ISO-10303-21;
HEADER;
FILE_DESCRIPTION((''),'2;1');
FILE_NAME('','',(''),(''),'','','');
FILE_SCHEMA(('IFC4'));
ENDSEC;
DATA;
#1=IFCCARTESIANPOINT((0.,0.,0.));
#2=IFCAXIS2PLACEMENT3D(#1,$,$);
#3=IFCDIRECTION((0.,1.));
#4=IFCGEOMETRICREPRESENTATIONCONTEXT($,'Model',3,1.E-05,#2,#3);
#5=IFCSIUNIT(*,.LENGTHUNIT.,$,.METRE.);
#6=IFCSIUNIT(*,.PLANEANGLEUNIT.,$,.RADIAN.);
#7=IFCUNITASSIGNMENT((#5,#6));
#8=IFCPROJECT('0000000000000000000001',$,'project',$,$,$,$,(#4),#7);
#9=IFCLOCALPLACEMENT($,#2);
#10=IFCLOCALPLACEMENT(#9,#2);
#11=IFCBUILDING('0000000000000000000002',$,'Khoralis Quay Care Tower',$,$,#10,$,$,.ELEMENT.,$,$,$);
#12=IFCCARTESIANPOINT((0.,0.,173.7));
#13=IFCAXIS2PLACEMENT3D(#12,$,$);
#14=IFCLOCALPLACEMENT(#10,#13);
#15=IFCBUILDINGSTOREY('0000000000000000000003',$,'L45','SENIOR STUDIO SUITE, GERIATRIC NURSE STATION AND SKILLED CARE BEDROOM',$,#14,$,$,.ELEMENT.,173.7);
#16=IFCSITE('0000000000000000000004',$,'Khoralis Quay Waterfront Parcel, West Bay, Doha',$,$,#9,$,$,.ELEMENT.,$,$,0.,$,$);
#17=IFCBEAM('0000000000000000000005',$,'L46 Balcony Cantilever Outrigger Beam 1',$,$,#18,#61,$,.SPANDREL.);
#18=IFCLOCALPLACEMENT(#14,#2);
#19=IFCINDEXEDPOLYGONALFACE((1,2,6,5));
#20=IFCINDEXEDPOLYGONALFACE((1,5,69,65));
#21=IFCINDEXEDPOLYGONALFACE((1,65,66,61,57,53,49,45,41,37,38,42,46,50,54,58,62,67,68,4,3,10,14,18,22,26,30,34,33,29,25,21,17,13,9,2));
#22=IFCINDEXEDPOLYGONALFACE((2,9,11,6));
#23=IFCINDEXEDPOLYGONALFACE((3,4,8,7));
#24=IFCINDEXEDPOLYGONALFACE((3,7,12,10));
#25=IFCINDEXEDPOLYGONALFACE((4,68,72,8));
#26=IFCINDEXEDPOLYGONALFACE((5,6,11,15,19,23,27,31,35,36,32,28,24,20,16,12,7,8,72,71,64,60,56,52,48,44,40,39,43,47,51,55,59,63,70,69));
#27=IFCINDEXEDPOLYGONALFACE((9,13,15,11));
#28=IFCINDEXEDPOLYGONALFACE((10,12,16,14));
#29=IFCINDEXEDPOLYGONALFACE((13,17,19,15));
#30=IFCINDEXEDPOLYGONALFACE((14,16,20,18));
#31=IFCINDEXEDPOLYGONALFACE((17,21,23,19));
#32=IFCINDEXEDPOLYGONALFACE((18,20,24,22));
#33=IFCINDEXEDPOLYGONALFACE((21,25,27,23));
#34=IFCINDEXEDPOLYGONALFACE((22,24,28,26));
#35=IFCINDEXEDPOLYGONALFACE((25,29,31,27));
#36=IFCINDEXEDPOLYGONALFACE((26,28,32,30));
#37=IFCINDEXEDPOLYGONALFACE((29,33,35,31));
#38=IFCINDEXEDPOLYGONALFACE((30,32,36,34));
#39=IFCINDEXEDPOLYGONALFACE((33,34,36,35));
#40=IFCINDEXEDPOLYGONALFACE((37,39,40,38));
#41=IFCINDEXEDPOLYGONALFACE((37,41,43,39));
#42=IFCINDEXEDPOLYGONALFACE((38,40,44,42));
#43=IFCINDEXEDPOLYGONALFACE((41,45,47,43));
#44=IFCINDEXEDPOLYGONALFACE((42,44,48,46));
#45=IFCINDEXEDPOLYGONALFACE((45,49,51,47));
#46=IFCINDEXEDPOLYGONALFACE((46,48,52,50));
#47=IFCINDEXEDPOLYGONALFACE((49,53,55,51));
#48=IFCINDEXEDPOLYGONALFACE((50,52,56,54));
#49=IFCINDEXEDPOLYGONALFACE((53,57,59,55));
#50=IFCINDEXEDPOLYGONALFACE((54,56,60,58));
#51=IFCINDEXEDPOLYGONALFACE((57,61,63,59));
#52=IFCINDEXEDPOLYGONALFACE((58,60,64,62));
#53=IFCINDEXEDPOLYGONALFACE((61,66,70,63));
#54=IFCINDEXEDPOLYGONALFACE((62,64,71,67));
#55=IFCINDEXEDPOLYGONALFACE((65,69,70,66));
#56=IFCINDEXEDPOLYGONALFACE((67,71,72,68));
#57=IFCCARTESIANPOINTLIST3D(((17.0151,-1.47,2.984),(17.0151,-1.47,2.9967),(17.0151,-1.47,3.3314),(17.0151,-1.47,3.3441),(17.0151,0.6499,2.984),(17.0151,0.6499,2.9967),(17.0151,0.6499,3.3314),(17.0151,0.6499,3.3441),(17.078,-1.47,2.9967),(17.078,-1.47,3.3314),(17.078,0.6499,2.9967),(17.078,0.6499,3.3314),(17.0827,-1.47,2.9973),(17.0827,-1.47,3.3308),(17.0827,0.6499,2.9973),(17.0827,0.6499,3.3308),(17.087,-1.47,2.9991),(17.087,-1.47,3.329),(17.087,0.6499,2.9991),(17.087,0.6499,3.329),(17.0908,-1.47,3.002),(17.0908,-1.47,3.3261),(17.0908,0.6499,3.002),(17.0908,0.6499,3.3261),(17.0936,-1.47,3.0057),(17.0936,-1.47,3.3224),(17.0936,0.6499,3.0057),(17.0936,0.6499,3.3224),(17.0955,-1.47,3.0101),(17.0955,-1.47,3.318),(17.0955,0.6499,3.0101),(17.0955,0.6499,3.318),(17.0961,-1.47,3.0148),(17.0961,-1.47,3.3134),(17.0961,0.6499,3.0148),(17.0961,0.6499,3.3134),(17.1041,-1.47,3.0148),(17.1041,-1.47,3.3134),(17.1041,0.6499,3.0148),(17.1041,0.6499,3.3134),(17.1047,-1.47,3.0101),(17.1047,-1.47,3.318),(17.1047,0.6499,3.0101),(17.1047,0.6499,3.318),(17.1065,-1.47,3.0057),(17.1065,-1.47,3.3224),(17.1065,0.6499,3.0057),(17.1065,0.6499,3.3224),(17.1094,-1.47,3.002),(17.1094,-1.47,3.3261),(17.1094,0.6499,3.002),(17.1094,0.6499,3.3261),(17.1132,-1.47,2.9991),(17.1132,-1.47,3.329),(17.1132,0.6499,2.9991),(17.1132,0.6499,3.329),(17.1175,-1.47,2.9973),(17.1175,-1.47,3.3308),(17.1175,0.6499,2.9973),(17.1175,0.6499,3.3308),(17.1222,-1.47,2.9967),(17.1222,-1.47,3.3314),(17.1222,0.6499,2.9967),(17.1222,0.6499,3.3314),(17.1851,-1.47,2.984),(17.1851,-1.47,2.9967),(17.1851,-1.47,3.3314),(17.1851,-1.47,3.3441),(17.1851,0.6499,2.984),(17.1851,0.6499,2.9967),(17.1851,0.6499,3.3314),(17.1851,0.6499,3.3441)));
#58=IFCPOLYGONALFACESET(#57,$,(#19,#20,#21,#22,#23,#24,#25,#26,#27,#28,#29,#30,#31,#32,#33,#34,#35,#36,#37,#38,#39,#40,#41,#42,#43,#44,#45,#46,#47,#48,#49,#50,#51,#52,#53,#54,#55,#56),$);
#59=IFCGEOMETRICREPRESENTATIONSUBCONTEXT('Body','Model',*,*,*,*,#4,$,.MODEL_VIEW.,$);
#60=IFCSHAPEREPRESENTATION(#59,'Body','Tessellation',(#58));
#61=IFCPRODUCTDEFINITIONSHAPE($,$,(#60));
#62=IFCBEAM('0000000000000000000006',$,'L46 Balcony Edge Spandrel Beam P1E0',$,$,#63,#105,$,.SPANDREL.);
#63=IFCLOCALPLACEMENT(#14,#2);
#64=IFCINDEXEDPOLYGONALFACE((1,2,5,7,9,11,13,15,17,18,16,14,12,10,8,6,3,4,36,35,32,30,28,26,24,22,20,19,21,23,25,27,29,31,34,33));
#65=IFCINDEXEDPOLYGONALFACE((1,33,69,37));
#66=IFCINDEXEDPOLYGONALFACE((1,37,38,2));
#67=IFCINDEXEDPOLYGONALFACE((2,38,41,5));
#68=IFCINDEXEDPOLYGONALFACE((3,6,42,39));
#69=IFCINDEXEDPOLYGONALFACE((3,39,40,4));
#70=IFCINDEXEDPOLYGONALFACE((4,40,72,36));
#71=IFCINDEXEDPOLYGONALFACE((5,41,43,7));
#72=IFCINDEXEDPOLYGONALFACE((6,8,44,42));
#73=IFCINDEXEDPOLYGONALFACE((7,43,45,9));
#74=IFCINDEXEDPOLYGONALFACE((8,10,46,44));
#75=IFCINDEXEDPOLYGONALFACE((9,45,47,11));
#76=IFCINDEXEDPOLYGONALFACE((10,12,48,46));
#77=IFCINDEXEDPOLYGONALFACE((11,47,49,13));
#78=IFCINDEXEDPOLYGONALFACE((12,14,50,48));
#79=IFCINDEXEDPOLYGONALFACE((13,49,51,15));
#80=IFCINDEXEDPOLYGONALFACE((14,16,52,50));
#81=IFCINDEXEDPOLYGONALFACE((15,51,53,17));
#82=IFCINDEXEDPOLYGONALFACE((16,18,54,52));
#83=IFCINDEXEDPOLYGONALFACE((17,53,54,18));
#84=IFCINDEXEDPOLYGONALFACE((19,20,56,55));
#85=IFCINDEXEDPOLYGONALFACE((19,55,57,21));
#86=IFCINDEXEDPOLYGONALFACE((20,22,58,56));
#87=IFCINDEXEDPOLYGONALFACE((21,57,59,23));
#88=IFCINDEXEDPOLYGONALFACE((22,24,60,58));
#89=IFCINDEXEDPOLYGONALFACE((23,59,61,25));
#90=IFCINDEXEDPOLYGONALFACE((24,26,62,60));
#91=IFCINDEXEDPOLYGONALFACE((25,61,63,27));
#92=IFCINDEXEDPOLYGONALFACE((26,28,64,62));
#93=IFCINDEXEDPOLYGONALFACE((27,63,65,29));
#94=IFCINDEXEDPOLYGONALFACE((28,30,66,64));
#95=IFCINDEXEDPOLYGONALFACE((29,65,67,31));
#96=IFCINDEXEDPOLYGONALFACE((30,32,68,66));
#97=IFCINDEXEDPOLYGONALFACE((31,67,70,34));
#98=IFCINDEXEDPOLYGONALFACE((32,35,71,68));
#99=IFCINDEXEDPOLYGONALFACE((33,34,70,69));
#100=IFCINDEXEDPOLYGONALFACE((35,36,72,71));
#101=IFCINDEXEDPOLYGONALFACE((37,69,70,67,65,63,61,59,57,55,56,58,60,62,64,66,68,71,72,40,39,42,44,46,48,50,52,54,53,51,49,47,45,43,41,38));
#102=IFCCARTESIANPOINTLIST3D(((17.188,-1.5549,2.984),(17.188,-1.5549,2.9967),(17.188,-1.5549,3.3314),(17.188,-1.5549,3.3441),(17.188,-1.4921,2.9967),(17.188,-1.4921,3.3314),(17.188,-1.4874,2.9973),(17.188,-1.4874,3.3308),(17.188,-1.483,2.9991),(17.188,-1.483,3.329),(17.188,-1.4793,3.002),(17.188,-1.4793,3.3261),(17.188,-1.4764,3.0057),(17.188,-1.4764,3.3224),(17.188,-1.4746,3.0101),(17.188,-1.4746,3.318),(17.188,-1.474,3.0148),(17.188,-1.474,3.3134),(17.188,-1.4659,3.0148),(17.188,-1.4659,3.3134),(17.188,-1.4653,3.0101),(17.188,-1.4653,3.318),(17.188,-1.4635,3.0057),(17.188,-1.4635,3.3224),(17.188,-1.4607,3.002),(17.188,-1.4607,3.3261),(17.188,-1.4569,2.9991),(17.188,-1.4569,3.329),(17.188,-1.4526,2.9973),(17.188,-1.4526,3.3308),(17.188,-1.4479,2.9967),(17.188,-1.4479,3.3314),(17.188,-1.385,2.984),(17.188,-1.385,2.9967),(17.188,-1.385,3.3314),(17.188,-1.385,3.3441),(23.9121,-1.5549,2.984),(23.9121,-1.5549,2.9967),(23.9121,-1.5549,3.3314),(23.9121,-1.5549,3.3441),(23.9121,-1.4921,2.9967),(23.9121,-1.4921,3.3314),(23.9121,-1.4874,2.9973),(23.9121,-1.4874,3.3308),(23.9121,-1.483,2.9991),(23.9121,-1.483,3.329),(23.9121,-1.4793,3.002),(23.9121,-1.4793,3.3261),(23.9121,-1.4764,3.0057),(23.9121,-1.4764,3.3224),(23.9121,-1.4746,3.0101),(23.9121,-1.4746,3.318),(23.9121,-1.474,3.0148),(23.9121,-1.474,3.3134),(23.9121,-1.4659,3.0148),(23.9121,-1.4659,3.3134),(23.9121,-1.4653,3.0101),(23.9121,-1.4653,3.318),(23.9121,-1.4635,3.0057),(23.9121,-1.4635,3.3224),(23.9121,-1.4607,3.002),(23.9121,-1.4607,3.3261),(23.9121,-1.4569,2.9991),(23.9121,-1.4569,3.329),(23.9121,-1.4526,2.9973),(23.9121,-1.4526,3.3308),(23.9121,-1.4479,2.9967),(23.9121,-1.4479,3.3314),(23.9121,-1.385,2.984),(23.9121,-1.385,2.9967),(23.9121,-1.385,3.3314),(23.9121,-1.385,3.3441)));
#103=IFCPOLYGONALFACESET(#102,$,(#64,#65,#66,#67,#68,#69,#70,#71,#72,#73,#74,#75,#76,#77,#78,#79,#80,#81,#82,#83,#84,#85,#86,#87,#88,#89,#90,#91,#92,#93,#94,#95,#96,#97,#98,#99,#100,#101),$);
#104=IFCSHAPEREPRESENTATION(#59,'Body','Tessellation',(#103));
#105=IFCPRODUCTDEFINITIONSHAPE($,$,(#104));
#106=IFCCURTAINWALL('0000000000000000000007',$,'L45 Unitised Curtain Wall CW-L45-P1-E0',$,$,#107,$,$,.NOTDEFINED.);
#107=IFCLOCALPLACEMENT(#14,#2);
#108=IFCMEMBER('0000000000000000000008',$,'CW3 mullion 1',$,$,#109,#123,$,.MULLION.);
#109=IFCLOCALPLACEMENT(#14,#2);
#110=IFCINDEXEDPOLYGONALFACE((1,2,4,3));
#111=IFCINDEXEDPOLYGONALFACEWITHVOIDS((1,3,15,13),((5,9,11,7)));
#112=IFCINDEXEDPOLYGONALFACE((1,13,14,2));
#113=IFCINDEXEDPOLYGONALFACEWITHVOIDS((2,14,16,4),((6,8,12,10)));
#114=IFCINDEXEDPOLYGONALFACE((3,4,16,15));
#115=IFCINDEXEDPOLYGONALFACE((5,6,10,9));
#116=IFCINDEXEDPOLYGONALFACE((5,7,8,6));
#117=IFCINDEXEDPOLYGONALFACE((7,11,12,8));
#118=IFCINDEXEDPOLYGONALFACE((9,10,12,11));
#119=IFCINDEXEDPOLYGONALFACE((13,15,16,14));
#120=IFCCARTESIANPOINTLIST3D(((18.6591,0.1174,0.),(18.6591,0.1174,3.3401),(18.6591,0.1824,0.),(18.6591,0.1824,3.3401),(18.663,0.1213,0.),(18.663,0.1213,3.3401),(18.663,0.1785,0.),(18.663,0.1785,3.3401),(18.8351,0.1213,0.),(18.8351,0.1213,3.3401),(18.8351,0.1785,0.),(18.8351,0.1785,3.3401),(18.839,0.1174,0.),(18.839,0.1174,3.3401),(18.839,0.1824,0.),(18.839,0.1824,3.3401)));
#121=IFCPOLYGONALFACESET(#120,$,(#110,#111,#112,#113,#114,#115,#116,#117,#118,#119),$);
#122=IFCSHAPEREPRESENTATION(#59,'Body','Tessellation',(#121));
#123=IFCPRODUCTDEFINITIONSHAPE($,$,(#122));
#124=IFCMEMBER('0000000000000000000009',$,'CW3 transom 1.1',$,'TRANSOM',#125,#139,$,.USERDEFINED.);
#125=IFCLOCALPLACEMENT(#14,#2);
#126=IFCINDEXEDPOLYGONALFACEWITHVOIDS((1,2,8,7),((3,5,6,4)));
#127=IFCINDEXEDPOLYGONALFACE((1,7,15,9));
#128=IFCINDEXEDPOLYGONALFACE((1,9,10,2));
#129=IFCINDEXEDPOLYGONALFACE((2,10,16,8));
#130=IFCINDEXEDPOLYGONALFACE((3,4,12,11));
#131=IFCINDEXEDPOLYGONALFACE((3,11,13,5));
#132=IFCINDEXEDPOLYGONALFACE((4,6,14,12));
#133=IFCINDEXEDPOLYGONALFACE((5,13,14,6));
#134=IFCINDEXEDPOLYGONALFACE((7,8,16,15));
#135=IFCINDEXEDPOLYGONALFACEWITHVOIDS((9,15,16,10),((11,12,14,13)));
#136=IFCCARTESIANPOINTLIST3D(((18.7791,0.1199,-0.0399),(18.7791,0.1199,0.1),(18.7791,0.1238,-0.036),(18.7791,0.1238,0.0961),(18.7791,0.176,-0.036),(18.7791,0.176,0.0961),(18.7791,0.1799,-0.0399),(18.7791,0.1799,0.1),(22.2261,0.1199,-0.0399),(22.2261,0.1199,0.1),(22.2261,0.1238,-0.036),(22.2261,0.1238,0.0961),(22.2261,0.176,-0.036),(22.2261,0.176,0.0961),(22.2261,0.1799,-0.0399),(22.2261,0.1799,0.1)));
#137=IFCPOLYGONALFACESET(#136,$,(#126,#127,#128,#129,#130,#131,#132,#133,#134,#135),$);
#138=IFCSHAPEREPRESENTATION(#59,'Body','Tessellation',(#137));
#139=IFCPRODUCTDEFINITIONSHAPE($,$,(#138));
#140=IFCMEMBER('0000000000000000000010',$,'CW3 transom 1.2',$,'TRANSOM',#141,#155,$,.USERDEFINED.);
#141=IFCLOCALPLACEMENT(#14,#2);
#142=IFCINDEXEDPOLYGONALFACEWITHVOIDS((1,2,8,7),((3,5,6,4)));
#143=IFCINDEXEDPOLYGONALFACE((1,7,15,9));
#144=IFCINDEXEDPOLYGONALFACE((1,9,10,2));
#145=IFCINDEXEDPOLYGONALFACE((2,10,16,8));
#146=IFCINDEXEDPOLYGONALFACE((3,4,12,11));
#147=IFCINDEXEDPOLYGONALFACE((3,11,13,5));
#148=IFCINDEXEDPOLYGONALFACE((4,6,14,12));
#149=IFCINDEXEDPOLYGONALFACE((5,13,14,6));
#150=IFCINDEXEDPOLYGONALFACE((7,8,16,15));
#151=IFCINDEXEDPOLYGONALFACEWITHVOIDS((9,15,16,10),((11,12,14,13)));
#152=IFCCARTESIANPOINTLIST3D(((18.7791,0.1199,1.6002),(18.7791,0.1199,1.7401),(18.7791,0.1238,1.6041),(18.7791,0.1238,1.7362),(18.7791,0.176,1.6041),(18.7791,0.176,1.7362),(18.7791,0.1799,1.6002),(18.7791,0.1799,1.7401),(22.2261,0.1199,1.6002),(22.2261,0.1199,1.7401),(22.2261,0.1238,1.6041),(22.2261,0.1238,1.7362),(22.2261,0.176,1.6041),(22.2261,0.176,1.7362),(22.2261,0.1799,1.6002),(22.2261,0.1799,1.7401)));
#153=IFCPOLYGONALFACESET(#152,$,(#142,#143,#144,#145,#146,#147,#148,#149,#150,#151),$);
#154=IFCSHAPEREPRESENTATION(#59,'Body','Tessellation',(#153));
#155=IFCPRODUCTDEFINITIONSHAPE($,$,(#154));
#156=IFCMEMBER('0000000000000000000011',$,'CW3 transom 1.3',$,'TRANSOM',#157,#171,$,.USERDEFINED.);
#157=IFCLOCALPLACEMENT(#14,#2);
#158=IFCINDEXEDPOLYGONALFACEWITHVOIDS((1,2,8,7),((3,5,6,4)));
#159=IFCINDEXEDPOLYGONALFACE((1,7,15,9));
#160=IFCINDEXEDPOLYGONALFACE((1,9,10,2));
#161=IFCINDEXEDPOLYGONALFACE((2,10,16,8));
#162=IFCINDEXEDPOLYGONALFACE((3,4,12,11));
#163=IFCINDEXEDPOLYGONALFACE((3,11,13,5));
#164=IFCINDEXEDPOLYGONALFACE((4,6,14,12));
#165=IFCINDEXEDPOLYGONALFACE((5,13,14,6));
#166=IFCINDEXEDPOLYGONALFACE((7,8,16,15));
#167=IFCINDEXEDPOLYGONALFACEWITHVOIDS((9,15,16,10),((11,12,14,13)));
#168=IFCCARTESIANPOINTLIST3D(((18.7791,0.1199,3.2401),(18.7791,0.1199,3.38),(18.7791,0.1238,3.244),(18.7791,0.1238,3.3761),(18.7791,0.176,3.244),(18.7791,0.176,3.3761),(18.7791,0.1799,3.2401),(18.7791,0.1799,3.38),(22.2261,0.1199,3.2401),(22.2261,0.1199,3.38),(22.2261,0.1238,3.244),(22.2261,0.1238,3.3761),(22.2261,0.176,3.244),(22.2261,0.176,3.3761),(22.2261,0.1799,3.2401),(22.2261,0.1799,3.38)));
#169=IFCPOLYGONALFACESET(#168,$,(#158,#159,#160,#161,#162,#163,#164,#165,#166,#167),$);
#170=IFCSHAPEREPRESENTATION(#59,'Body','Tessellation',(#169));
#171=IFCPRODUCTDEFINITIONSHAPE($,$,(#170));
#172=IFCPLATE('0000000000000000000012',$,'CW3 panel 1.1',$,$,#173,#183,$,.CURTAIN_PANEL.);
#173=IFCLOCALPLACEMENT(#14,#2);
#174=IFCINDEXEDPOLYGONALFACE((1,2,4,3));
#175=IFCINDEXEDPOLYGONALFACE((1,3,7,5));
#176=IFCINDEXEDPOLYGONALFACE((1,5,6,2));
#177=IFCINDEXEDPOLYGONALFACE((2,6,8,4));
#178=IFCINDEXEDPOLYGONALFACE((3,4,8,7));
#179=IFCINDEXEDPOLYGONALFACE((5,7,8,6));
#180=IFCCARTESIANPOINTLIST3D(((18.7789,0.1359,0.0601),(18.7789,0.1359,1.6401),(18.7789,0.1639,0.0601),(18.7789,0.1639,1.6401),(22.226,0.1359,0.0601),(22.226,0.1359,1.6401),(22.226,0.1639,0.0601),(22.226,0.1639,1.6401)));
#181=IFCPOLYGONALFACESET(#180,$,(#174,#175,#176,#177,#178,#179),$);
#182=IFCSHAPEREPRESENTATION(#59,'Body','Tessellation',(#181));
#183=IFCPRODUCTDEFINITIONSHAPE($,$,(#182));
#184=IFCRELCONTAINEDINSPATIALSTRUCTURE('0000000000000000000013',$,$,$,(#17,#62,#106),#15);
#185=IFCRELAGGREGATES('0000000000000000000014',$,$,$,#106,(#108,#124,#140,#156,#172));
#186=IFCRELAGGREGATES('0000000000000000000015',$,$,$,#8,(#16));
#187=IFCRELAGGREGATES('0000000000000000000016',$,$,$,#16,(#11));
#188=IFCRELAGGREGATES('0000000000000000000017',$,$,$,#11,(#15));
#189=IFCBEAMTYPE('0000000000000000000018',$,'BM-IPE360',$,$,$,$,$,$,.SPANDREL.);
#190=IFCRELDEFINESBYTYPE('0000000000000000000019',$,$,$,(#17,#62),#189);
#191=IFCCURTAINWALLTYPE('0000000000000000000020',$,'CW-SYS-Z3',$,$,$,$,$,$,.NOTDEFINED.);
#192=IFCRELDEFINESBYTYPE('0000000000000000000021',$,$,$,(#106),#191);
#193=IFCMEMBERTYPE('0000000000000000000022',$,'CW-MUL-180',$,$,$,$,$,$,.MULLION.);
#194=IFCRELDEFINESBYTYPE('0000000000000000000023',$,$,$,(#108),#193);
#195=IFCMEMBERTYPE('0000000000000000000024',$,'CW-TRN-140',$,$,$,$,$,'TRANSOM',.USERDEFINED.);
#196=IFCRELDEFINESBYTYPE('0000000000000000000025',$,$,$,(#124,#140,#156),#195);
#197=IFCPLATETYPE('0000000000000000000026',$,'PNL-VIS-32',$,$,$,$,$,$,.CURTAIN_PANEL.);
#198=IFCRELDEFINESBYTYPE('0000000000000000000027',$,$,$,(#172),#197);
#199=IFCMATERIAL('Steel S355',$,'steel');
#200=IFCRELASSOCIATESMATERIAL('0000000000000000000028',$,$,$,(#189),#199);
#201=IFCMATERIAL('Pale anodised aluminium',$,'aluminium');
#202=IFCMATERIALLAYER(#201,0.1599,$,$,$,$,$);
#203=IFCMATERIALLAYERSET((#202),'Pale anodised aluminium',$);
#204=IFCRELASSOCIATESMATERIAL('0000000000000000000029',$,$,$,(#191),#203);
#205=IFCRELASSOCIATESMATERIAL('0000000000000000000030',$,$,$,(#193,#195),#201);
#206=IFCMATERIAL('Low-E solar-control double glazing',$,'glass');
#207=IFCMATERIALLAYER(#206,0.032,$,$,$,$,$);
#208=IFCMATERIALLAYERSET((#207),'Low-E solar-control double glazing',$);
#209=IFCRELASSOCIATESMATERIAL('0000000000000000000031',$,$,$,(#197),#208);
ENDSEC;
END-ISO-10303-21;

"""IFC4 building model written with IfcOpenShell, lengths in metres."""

from ifc_helpers import new_model, si_unit, direction, frame, origin, origin_2d, place, context, subcontext, project, spatial, rectangle, hollow_rectangle, i_section, extrude, source, transform, mapped, material, layer, layer_set, material_profile, profile_set, type_object, element, aggregate, save


model = new_model("IFC4")

# Units and contexts
model_context = context("Model", 3, precision=1e-05, world=origin(), true_north=direction((0.0, 1.0)))
body_context = subcontext(model_context, "Body", "Model", "MODEL_VIEW")
ifc_project = project(units=[si_unit("LENGTHUNIT", "METRE"), si_unit("PLANEANGLEUNIT", "RADIAN")], contexts=[model_context])

# Site, building, storey
site_placement = place(None, origin())
site = spatial("IfcSite", under=ifc_project, at=site_placement, Name="Khoralis Quay Waterfront Parcel, West Bay, Doha", CompositionType="ELEMENT", RefElevation=0.0)
building_placement = place(site_placement, origin())
building = spatial("IfcBuilding", under=site, at=building_placement, Name="Khoralis Quay Care Tower", CompositionType="ELEMENT")
storey_placement = place(building_placement, frame((0.0, 0.0, 173.7)))
storey = spatial("IfcBuildingStorey", under=building, at=storey_placement, Name="L45", Description="SENIOR STUDIO SUITE, GERIATRIC NURSE STATION AND SKILLED CARE BEDROOM", CompositionType="ELEMENT", Elevation=173.7)

# Beams
ifc_material_1 = material(Name="Steel S355", Category="steel")
ifc_material_profile_1 = material_profile(ifc_material_1, i_section(OverallWidth=0.1699, OverallDepth=0.3601, WebThickness=0.0081, FlangeThickness=0.0127, FilletRadius=0.0181, at=origin_2d()), Name="Steel S355")
ifc_profile_set_1 = profile_set([ifc_material_profile_1], Name="Steel S355")
beam_type_1 = type_object("IfcBeamType", Name="BM-IPE360", PredefinedType="SPANDREL", material=ifc_profile_set_1)
shared_shape_1 = source(origin(), body_context, "Body", "SweptSolid", [
    extrude(i_section(OverallWidth=0.1699, OverallDepth=0.3601, WebThickness=0.0081, FlangeThickness=0.0127, FilletRadius=0.0181, at=origin_2d()), origin(), (0.0, 0.0, 1.0), 2.1199),
])
beam_1_placement = place(storey_placement, frame((17.1001, 0.6499, 3.1641), z_axis=(0.0, -1.0, 0.0), x_axis=(1.0, 0.0, 0.0)))
element("IfcBeam", 1, at=beam_1_placement, inside=storey, type_object=beam_type_1, Name="L46 Balcony Cantilever Outrigger Beam 1", PredefinedType="SPANDREL", context=body_context, shape_type="MappedRepresentation", body=[
    mapped(shared_shape_1, transform((0.0, 0.0, 0.0), scale=1.0)),
])
shared_shape_2 = source(origin(), body_context, "Body", "SweptSolid", [
    extrude(i_section(OverallWidth=0.1699, OverallDepth=0.3601, WebThickness=0.0081, FlangeThickness=0.0127, FilletRadius=0.0181, at=origin_2d()), origin(), (0.0, 0.0, 1.0), 6.7241),
])
beam_2_placement = place(storey_placement, frame((17.188, -1.47, 3.1641), z_axis=(1.0, 0.0, 0.0), x_axis=(0.0, 1.0, 0.0)))
element("IfcBeam", 2, at=beam_2_placement, inside=storey, type_object=beam_type_1, Name="L46 Balcony Edge Spandrel Beam P1E0", PredefinedType="SPANDREL", context=body_context, shape_type="MappedRepresentation", body=[
    mapped(shared_shape_2, transform((0.0, 0.0, 0.0), scale=1.0)),
])

# Curtain wall, members, plate
ifc_material_2 = material(Name="Pale anodised aluminium", Category="aluminium")
ifc_layer_1 = layer(ifc_material_2, 0.1599)
ifc_layer_set_1 = layer_set([ifc_layer_1], Name="Pale anodised aluminium")
curtain_wall_type = type_object("IfcCurtainWallType", Name="CW-SYS-Z3", PredefinedType="NOTDEFINED", material=ifc_layer_set_1)
curtain_wall_placement = place(storey_placement, origin())
curtain_wall = element("IfcCurtainWall", 3, at=curtain_wall_placement, inside=storey, type_object=curtain_wall_type, Name="L45 Unitised Curtain Wall CW-L45-P1-E0", PredefinedType="NOTDEFINED")
ifc_material_profile_2 = material_profile(ifc_material_2, hollow_rectangle(XDim=0.0649, YDim=0.1799, WallThickness=0.0039, at=origin_2d()), Name="Pale anodised aluminium")
ifc_profile_set_2 = profile_set([ifc_material_profile_2], Name="Pale anodised aluminium")
member_type_1 = type_object("IfcMemberType", Name="CW-MUL-180", PredefinedType="MULLION", material=ifc_profile_set_2)
shared_shape_3 = source(origin(), body_context, "Body", "SweptSolid", [
    extrude(hollow_rectangle(XDim=0.0649, YDim=0.1799, WallThickness=0.0039, at=origin_2d()), origin(), (0.0, 0.0, 1.0), 3.3401),
])
member_1_placement = place(storey_placement, frame((18.749, 0.1499, 0.0), z_axis=(0.0, 0.0, 1.0), x_axis=(0.0, 1.0, 0.0)))
member_1 = element("IfcMember", 4, at=member_1_placement, type_object=member_type_1, Name="CW3 mullion 1", PredefinedType="MULLION", context=body_context, shape_type="MappedRepresentation", body=[
    mapped(shared_shape_3, transform((0.0, 0.0, 0.0), scale=1.0)),
])
ifc_material_profile_3 = material_profile(ifc_material_2, hollow_rectangle(XDim=0.0601, YDim=0.1399, WallThickness=0.0039, at=origin_2d()), Name="Pale anodised aluminium")
ifc_profile_set_3 = profile_set([ifc_material_profile_3], Name="Pale anodised aluminium")
member_type_2 = type_object("IfcMemberType", Name="CW-TRN-140", ElementType="TRANSOM", PredefinedType="USERDEFINED", material=ifc_profile_set_3)
shared_shape_4 = source(origin(), body_context, "Body", "SweptSolid", [
    extrude(hollow_rectangle(XDim=0.0601, YDim=0.1399, WallThickness=0.0039, at=origin_2d()), origin(), (0.0, 0.0, 1.0), 3.447),
])
member_2_placement = place(storey_placement, frame((18.7791, 0.1499, 0.03), z_axis=(1.0, 0.0, 0.0), x_axis=(0.0, 1.0, 0.0)))
member_2 = element("IfcMember", 5, at=member_2_placement, type_object=member_type_2, Name="CW3 transom 1.1", ObjectType="TRANSOM", PredefinedType="USERDEFINED", context=body_context, shape_type="MappedRepresentation", body=[
    mapped(shared_shape_4, transform((0.0, 0.0, 0.0), scale=1.0)),
])
member_3_placement = place(storey_placement, frame((18.7791, 0.1499, 1.6702), z_axis=(1.0, 0.0, 0.0), x_axis=(0.0, 1.0, 0.0)))
member_3 = element("IfcMember", 6, at=member_3_placement, type_object=member_type_2, Name="CW3 transom 1.2", ObjectType="TRANSOM", PredefinedType="USERDEFINED", context=body_context, shape_type="MappedRepresentation", body=[
    mapped(shared_shape_4, transform((0.0, 0.0, 0.0), scale=1.0)),
])
member_4_placement = place(storey_placement, frame((18.7791, 0.1499, 3.3101), z_axis=(1.0, 0.0, 0.0), x_axis=(0.0, 1.0, 0.0)))
member_4 = element("IfcMember", 7, at=member_4_placement, type_object=member_type_2, Name="CW3 transom 1.3", ObjectType="TRANSOM", PredefinedType="USERDEFINED", context=body_context, shape_type="MappedRepresentation", body=[
    mapped(shared_shape_4, transform((0.0, 0.0, 0.0), scale=1.0)),
])
ifc_material_3 = material(Name="Low-E solar-control double glazing", Category="glass")
ifc_layer_2 = layer(ifc_material_3, 0.032)
ifc_layer_set_2 = layer_set([ifc_layer_2], Name="Low-E solar-control double glazing")
plate_type = type_object("IfcPlateType", Name="PNL-VIS-32", PredefinedType="CURTAIN_PANEL", material=ifc_layer_set_2)
shared_shape_5 = source(origin(), body_context, "Body", "SweptSolid", [
    extrude(rectangle(XDim=3.447, YDim=0.0281, at=origin_2d()), origin(), (0.0, 0.0, 1.0), 1.5801),
])
plate_1_placement = place(storey_placement, frame((20.5024, 0.1499, 0.0601), z_axis=(0.0, 0.0, 1.0), x_axis=(1.0, 0.0, 0.0)))
plate_1 = element("IfcPlate", 8, at=plate_1_placement, type_object=plate_type, Name="CW3 panel 1.1", PredefinedType="CURTAIN_PANEL", context=body_context, shape_type="MappedRepresentation", body=[
    mapped(shared_shape_5, transform((0.0, 0.0, 0.0), scale=1.0)),
])
aggregate(curtain_wall, [member_1, member_2, member_3, member_4, plate_1])

save(model, "model.ifc")
